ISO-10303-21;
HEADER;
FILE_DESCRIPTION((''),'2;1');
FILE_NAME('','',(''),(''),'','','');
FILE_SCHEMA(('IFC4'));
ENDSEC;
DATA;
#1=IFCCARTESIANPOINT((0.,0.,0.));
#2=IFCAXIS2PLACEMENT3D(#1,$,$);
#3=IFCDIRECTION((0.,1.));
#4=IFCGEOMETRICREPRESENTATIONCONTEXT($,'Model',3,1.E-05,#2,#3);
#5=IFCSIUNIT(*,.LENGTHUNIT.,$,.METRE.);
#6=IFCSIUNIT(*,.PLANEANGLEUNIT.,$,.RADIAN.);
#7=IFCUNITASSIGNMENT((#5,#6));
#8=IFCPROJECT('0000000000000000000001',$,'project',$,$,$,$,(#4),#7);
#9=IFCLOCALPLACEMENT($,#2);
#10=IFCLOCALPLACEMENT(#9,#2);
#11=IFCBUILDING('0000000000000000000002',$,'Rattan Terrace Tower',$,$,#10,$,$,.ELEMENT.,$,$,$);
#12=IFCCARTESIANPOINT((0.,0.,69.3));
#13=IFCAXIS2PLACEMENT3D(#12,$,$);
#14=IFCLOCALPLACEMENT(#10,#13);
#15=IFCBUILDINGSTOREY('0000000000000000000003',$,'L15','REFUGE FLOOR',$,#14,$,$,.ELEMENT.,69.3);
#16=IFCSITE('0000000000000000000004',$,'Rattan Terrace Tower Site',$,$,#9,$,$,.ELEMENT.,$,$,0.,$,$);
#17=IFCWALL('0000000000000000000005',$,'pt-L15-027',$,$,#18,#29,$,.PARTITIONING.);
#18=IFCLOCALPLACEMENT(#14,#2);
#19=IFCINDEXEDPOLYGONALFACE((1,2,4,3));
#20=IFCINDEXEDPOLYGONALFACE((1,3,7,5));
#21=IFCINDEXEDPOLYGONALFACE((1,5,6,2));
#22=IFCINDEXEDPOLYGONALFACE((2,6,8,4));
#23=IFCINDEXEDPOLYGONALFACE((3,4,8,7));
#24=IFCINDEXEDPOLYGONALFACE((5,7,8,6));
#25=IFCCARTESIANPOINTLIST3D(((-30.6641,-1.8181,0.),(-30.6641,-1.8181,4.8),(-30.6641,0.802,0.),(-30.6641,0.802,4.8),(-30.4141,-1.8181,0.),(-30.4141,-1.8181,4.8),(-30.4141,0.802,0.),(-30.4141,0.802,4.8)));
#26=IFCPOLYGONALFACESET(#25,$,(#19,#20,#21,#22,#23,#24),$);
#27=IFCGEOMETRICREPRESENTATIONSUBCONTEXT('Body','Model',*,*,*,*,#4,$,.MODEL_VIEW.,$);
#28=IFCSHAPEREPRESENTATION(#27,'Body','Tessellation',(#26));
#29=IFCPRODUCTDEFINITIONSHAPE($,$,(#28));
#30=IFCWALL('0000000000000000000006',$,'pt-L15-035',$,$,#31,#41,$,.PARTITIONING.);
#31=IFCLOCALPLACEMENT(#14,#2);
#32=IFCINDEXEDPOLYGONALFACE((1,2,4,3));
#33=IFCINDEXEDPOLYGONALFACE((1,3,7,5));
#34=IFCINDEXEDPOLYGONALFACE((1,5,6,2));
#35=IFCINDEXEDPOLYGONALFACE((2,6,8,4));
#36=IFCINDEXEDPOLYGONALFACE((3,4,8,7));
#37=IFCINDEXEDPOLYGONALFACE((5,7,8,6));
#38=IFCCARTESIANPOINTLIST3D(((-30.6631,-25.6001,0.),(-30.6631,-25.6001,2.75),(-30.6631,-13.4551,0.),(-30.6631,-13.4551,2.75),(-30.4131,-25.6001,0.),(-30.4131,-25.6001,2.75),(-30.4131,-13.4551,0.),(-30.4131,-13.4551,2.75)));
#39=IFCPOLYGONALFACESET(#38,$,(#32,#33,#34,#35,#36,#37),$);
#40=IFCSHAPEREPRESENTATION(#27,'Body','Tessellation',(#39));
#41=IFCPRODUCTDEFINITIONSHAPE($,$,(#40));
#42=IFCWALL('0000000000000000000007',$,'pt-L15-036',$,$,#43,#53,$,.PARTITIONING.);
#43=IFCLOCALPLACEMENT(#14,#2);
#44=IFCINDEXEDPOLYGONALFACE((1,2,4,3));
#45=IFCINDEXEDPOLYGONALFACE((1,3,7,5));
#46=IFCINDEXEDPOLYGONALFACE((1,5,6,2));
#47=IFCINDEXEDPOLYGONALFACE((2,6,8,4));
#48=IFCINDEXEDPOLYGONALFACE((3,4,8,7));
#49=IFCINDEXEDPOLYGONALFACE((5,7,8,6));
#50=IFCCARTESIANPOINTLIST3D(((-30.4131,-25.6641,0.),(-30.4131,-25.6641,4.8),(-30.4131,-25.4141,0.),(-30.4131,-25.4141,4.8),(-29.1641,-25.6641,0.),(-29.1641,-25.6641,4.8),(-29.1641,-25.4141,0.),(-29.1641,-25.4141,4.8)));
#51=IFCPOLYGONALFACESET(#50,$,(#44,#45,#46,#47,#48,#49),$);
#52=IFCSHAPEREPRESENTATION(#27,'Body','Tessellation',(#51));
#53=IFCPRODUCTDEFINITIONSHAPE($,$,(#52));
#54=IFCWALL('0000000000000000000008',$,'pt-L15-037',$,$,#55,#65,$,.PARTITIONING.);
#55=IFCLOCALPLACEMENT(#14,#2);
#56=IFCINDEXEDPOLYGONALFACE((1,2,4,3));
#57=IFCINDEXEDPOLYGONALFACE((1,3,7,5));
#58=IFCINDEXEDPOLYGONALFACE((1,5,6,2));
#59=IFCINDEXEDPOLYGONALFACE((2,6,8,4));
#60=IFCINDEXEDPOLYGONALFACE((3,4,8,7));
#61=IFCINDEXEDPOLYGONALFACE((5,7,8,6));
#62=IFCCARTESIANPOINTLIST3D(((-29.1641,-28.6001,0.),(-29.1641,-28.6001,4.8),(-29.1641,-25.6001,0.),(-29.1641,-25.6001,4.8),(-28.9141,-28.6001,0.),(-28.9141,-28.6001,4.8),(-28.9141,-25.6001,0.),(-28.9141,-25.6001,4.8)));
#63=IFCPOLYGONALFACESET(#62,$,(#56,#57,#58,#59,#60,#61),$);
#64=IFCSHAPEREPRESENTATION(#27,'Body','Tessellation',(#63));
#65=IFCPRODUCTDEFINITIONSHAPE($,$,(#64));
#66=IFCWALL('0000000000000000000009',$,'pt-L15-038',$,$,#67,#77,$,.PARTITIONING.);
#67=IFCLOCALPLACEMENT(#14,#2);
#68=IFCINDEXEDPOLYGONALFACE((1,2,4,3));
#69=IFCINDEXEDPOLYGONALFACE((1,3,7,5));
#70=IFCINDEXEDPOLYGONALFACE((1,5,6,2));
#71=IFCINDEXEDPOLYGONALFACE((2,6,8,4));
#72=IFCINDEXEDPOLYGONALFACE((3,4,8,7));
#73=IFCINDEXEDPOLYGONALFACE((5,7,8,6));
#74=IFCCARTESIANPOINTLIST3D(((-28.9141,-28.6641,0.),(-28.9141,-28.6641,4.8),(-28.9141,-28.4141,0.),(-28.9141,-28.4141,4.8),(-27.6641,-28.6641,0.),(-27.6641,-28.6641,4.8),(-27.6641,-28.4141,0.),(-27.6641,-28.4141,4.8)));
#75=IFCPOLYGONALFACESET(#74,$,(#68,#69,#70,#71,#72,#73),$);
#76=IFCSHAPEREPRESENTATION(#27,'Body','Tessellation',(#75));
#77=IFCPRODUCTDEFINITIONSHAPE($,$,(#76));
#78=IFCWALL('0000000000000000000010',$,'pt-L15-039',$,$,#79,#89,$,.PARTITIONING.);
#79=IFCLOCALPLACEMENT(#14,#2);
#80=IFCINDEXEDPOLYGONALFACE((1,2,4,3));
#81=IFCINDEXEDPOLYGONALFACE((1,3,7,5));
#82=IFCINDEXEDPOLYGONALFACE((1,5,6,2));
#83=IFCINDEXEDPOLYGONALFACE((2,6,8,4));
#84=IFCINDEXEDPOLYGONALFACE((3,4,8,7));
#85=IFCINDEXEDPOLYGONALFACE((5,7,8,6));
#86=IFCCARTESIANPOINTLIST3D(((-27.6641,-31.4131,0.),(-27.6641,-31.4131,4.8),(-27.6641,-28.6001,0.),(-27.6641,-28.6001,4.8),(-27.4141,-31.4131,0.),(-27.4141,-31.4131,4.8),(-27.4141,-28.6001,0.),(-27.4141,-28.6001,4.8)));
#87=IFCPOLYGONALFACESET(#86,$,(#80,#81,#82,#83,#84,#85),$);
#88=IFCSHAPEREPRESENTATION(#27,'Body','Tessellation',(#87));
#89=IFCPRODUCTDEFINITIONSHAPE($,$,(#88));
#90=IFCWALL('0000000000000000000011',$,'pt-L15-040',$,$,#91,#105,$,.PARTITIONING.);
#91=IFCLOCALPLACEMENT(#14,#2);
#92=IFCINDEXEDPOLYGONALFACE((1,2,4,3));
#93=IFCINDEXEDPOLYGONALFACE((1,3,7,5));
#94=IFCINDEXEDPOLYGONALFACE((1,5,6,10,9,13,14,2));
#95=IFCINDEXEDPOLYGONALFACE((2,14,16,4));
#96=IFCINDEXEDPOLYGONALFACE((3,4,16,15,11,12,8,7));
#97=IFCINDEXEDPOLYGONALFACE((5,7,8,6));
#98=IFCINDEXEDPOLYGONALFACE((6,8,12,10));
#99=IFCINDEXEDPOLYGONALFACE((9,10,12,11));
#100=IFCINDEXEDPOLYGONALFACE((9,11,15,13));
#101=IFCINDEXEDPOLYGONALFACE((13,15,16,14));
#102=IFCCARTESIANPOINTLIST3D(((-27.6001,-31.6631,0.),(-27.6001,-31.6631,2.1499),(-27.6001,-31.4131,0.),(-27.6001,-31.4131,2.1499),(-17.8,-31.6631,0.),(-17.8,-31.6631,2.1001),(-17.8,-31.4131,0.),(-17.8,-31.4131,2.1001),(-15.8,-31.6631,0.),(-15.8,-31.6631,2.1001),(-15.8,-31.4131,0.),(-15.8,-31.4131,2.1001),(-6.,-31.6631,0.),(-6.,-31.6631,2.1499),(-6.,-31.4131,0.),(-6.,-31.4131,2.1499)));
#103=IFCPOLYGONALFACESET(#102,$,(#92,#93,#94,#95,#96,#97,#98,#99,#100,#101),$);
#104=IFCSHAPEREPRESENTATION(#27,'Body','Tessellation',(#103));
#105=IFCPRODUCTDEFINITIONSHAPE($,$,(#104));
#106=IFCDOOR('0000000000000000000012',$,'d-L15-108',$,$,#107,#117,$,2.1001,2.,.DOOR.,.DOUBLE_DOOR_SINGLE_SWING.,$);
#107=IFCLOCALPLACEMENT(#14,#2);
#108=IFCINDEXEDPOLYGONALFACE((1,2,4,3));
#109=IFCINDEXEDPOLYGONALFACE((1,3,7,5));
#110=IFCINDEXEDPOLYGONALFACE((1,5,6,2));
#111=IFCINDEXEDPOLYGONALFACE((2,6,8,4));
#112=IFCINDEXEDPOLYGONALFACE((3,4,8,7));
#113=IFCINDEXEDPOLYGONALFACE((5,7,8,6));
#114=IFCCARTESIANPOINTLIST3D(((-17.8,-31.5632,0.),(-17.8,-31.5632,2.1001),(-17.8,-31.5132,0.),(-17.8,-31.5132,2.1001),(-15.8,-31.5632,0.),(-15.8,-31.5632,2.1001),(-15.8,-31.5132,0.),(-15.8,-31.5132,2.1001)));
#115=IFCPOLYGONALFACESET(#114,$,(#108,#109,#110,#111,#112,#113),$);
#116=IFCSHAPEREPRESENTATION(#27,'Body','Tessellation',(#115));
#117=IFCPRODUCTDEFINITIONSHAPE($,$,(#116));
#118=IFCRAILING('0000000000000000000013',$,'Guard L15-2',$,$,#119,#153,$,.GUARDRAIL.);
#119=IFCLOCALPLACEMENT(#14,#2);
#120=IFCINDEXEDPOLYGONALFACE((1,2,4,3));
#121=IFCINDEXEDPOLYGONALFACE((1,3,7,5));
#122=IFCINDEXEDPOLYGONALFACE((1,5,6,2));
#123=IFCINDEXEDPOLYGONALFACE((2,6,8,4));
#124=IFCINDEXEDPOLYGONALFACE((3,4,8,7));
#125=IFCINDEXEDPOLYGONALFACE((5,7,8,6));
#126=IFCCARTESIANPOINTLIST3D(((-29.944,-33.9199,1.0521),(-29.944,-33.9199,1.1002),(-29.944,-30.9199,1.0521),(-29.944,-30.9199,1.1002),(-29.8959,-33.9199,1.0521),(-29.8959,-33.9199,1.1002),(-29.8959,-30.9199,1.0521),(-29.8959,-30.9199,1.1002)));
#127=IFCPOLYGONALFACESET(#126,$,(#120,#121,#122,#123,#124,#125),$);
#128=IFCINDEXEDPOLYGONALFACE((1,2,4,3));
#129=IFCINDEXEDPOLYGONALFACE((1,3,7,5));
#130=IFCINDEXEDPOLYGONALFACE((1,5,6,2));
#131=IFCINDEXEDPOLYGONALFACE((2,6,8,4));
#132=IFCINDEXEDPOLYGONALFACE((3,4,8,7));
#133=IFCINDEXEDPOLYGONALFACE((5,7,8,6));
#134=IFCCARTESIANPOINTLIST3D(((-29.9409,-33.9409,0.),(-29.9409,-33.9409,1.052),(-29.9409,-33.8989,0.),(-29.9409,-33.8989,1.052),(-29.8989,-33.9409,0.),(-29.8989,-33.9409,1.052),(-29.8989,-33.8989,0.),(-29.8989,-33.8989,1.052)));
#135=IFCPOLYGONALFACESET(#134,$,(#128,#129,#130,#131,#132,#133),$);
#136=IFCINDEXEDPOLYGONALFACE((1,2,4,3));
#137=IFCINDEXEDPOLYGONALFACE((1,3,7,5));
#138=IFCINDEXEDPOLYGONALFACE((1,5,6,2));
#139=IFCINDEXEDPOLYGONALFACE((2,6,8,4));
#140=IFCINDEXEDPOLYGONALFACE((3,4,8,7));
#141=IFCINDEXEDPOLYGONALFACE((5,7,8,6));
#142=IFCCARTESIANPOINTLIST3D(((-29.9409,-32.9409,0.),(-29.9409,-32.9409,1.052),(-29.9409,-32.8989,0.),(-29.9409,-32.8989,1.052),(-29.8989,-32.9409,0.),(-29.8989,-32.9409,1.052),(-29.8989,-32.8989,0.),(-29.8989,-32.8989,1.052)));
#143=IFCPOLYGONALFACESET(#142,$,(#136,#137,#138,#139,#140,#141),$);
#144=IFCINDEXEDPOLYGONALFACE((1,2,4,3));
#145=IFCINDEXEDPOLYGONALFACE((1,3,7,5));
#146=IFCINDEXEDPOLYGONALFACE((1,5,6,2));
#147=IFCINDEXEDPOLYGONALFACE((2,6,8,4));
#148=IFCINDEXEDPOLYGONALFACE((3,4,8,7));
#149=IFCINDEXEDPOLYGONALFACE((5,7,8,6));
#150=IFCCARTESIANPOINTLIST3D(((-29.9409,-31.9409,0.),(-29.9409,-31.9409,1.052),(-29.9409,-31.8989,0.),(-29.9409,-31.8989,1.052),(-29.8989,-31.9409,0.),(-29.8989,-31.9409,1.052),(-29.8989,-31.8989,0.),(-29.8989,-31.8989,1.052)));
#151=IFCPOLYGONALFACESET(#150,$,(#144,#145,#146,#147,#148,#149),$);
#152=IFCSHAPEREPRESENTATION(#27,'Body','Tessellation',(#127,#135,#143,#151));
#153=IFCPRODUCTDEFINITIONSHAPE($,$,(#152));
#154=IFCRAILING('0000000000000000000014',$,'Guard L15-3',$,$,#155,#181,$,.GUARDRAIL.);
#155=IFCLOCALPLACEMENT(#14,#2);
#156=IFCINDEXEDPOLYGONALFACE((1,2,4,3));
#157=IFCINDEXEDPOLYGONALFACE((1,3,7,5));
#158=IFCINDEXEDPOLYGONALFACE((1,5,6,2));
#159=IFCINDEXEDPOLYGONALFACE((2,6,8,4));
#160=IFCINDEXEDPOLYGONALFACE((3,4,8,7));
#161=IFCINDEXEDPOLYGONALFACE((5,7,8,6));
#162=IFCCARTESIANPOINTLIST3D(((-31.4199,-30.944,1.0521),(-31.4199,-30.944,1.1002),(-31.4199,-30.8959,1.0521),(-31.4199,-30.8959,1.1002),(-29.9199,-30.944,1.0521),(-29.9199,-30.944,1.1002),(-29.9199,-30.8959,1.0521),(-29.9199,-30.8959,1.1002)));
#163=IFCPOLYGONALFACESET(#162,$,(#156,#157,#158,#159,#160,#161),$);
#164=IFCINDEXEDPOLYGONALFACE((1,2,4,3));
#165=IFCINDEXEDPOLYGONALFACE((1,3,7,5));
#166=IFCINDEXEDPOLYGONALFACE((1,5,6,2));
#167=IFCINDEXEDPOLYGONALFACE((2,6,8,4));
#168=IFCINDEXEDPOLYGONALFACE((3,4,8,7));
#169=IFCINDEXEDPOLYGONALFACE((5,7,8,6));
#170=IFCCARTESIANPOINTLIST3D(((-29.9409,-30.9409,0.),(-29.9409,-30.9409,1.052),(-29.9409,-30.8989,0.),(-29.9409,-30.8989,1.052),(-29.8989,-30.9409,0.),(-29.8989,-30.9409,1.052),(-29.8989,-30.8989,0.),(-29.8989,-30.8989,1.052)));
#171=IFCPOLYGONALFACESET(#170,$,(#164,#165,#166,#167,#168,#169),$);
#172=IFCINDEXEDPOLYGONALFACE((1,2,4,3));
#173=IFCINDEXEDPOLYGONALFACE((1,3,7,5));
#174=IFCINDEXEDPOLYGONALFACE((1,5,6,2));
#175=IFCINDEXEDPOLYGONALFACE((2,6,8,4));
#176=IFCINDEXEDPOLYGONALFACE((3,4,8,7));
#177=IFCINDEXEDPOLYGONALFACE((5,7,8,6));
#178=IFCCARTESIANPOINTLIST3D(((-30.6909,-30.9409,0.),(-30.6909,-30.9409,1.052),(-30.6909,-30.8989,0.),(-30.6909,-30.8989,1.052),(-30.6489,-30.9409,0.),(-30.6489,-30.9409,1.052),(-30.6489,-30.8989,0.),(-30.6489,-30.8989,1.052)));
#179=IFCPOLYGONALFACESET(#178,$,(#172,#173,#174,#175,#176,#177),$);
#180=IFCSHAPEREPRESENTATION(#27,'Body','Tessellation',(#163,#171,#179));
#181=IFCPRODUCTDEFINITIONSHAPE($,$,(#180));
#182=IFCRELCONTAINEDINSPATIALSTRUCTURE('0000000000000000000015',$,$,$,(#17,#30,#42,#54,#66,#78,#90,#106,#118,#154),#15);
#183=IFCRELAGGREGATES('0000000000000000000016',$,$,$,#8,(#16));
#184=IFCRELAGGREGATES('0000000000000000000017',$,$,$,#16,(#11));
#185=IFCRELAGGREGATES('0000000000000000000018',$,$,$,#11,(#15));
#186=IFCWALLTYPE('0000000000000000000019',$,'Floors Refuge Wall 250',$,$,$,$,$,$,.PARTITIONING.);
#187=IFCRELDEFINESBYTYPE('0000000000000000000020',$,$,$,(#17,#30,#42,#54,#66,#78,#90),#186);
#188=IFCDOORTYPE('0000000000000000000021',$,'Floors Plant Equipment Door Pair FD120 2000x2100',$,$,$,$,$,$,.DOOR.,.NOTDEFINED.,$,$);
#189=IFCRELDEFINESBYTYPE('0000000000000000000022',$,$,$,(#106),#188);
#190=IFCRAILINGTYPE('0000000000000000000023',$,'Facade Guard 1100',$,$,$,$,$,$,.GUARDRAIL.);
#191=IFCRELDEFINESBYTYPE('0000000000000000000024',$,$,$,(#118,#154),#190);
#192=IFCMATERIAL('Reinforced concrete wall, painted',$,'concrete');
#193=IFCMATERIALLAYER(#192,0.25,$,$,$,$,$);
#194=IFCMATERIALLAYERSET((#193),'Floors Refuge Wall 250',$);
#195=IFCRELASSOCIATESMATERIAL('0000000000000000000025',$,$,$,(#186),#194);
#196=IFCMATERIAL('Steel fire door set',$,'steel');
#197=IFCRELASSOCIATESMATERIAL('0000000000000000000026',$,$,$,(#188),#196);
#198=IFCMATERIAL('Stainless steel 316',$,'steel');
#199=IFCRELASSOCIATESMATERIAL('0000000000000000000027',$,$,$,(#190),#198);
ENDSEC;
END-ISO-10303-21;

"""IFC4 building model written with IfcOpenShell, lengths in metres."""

from ifc_helpers import new_model, si_unit, direction, frame, frame_2d, origin, origin_2d, place, context, subcontext, project, spatial, rectangle, extrude, material, layer, layer_set, type_object, element, fill, save


model = new_model("IFC4")

# Units and contexts
model_context = context("Model", 3, precision=1e-05, world=origin(), true_north=direction((0.0, 1.0)))
body_context = subcontext(model_context, "Body", "Model", "MODEL_VIEW")
ifc_project = project(units=[si_unit("LENGTHUNIT", "METRE"), si_unit("PLANEANGLEUNIT", "RADIAN")], contexts=[model_context])

# Site, building, storey
site_placement = place(None, origin())
site = spatial("IfcSite", under=ifc_project, at=site_placement, Name="Rattan Terrace Tower Site", CompositionType="ELEMENT", RefElevation=0.0)
building_placement = place(site_placement, origin())
building = spatial("IfcBuilding", under=site, at=building_placement, Name="Rattan Terrace Tower", CompositionType="ELEMENT")
storey_placement = place(building_placement, frame((0.0, 0.0, 69.3)))
storey = spatial("IfcBuildingStorey", under=building, at=storey_placement, Name="L15", Description="REFUGE FLOOR", CompositionType="ELEMENT", Elevation=69.3)

# Shared definitions
ifc_material_1 = material(Name="Reinforced concrete wall, painted", Category="concrete")
ifc_layer = layer(ifc_material_1, 0.25)
ifc_layer_set = layer_set([ifc_layer], Name="Floors Refuge Wall 250")
wall_type = type_object("IfcWallType", Name="Floors Refuge Wall 250", PredefinedType="PARTITIONING", material=ifc_layer_set)

# Shared definitions
ifc_material_2 = material(Name="Steel fire door set", Category="steel")
door_type = type_object("IfcDoorType", Name="Floors Plant Equipment Door Pair FD120 2000x2100", OperationType="NOTDEFINED", PredefinedType="DOOR", material=ifc_material_2)

# Walls
wall_1_placement = place(storey_placement, frame((-30.5391, -1.8181, 0.0), z_axis=(0.0, 0.0, 1.0), x_axis=(0.0, 1.0, 0.0)))
element("IfcWall", 1, at=wall_1_placement, inside=storey, type_object=wall_type, Name="pt-L15-027", PredefinedType="PARTITIONING", context=body_context, shape_type="SweptSolid", body=[
    extrude(rectangle(XDim=2.6201, YDim=0.25, at=frame_2d((1.3101, 0.0))), origin(), (0.0, 0.0, 1.0), 4.8),
])
wall_2_placement = place(storey_placement, frame((-30.5381, -25.6001, 0.0), z_axis=(0.0, 0.0, 1.0), x_axis=(0.0, 1.0, 0.0)))
element("IfcWall", 2, at=wall_2_placement, inside=storey, type_object=wall_type, Name="pt-L15-035", PredefinedType="PARTITIONING", context=body_context, shape_type="SweptSolid", body=[
    extrude(rectangle(XDim=12.145, YDim=0.25, at=frame_2d((6.0725, 0.0))), origin(), (0.0, 0.0, 1.0), 2.75),
])
wall_3_placement = place(storey_placement, frame((-29.1641, -25.5391, 0.0), z_axis=(0.0, 0.0, 1.0), x_axis=(-1.0, 0.0, 0.0)))
element("IfcWall", 3, at=wall_3_placement, inside=storey, type_object=wall_type, Name="pt-L15-036", PredefinedType="PARTITIONING", context=body_context, shape_type="SweptSolid", body=[
    extrude(rectangle(XDim=1.249, YDim=0.25, at=frame_2d((0.6245, 0.0))), origin(), (0.0, 0.0, 1.0), 4.8),
])
wall_4_placement = place(storey_placement, frame((-29.0391, -28.6001, 0.0), z_axis=(0.0, 0.0, 1.0), x_axis=(0.0, 1.0, 0.0)))
element("IfcWall", 4, at=wall_4_placement, inside=storey, type_object=wall_type, Name="pt-L15-037", PredefinedType="PARTITIONING", context=body_context, shape_type="SweptSolid", body=[
    extrude(rectangle(XDim=3.0, YDim=0.25, at=frame_2d((1.5, 0.0))), origin(), (0.0, 0.0, 1.0), 4.8),
])
wall_5_placement = place(storey_placement, frame((-27.6641, -28.5391, 0.0), z_axis=(0.0, 0.0, 1.0), x_axis=(-1.0, 0.0, 0.0)))
element("IfcWall", 5, at=wall_5_placement, inside=storey, type_object=wall_type, Name="pt-L15-038", PredefinedType="PARTITIONING", context=body_context, shape_type="SweptSolid", body=[
    extrude(rectangle(XDim=1.25, YDim=0.25, at=frame_2d((0.625, 0.0))), origin(), (0.0, 0.0, 1.0), 4.8),
])
wall_6_placement = place(storey_placement, frame((-27.5391, -31.4131, 0.0), z_axis=(0.0, 0.0, 1.0), x_axis=(0.0, 1.0, 0.0)))
element("IfcWall", 6, at=wall_6_placement, inside=storey, type_object=wall_type, Name="pt-L15-039", PredefinedType="PARTITIONING", context=body_context, shape_type="SweptSolid", body=[
    extrude(rectangle(XDim=2.813, YDim=0.25, at=frame_2d((1.4065, 0.0))), origin(), (0.0, 0.0, 1.0), 4.8),
])

# Wall, opening, door
wall_7_placement = place(storey_placement, frame((-27.6001, -31.5381, 0.0), z_axis=(0.0, 0.0, 1.0), x_axis=(1.0, 0.0, 0.0)))
wall_7 = element("IfcWall", 7, at=wall_7_placement, inside=storey, type_object=wall_type, Name="pt-L15-040", PredefinedType="PARTITIONING", context=body_context, shape_type="SweptSolid", body=[
    extrude(rectangle(XDim=21.6001, YDim=0.25, at=frame_2d((10.8, 0.0))), origin(), (0.0, 0.0, 1.0), 2.1499),
])
opening_1_placement = place(wall_7_placement, frame((9.8, 0.0, 0.0)))
opening_1 = element("IfcOpeningElement", 8, at=opening_1_placement, cuts=wall_7, PredefinedType="OPENING", context=body_context, shape_type="SweptSolid", body=[
    extrude(rectangle(XDim=2.0, YDim=2.1001, at=frame_2d((1.0, 1.05))), frame((0.0, 0.1355, 0.0), z_axis=(0.0, -1.0, 0.0), x_axis=(1.0, 0.0, 0.0)), (0.0, 0.0, 1.0), 0.271),
])
door_1_placement = place(opening_1_placement, origin())
door_1 = element("IfcDoor", 9, at=door_1_placement, inside=storey, type_object=door_type, Name="d-L15-108", OperationType="DOUBLE_DOOR_SINGLE_SWING", OverallHeight=2.1001, OverallWidth=2.0, PredefinedType="DOOR", context=body_context, shape_type="SweptSolid", body=[
    extrude(rectangle(XDim=2.0, YDim=2.1001, at=frame_2d((1.0, 1.05))), frame((0.0, 0.0249, 0.0), z_axis=(0.0, -1.0, 0.0), x_axis=(1.0, 0.0, 0.0)), (0.0, 0.0, 1.0), 0.05),
])
fill(opening_1, door_1)

# Railings
ifc_material_3 = material(Name="Stainless steel 316", Category="steel")
railing_type = type_object("IfcRailingType", Name="Facade Guard 1100", PredefinedType="GUARDRAIL", material=ifc_material_3)
railing_1_placement = place(storey_placement, frame((-29.9199, -33.9199, 0.0)))
element("IfcRailing", 10, at=railing_1_placement, inside=storey, type_object=railing_type, Name="Guard L15-2", PredefinedType="GUARDRAIL", context=body_context, shape_type="SweptSolid", body=[
    extrude(rectangle(XDim=0.0481, YDim=0.0481, at=origin_2d()), frame((0.0, 0.0, 1.0762), z_axis=(0.0, 1.0, 0.0), x_axis=(-1.0, 0.0, 0.0)), (0.0, 0.0, 1.0), 3.0),
    extrude(rectangle(XDim=0.042, YDim=0.042, at=origin_2d()), origin(), (0.0, 0.0, 1.0), 1.052),
    extrude(rectangle(XDim=0.042, YDim=0.042, at=origin_2d()), frame((0.0, 1.0, 0.0)), (0.0, 0.0, 1.0), 1.052),
    extrude(rectangle(XDim=0.042, YDim=0.042, at=origin_2d()), frame((0.0, 2.0, 0.0)), (0.0, 0.0, 1.0), 1.052),
])
railing_2_placement = place(storey_placement, frame((-29.9199, -30.9199, 0.0)))
element("IfcRailing", 11, at=railing_2_placement, inside=storey, type_object=railing_type, Name="Guard L15-3", PredefinedType="GUARDRAIL", context=body_context, shape_type="SweptSolid", body=[
    extrude(rectangle(XDim=0.0481, YDim=0.0481, at=origin_2d()), frame((0.0, 0.0, 1.0762), z_axis=(-1.0, 0.0, 0.0), x_axis=(0.0, -1.0, 0.0)), (0.0, 0.0, 1.0), 1.5),
    extrude(rectangle(XDim=0.042, YDim=0.042, at=origin_2d()), origin(), (0.0, 0.0, 1.0), 1.052),
    extrude(rectangle(XDim=0.042, YDim=0.042, at=origin_2d()), frame((-0.75, 0.0, 0.0)), (0.0, 0.0, 1.0), 1.052),
])

save(model, "model.ifc")
